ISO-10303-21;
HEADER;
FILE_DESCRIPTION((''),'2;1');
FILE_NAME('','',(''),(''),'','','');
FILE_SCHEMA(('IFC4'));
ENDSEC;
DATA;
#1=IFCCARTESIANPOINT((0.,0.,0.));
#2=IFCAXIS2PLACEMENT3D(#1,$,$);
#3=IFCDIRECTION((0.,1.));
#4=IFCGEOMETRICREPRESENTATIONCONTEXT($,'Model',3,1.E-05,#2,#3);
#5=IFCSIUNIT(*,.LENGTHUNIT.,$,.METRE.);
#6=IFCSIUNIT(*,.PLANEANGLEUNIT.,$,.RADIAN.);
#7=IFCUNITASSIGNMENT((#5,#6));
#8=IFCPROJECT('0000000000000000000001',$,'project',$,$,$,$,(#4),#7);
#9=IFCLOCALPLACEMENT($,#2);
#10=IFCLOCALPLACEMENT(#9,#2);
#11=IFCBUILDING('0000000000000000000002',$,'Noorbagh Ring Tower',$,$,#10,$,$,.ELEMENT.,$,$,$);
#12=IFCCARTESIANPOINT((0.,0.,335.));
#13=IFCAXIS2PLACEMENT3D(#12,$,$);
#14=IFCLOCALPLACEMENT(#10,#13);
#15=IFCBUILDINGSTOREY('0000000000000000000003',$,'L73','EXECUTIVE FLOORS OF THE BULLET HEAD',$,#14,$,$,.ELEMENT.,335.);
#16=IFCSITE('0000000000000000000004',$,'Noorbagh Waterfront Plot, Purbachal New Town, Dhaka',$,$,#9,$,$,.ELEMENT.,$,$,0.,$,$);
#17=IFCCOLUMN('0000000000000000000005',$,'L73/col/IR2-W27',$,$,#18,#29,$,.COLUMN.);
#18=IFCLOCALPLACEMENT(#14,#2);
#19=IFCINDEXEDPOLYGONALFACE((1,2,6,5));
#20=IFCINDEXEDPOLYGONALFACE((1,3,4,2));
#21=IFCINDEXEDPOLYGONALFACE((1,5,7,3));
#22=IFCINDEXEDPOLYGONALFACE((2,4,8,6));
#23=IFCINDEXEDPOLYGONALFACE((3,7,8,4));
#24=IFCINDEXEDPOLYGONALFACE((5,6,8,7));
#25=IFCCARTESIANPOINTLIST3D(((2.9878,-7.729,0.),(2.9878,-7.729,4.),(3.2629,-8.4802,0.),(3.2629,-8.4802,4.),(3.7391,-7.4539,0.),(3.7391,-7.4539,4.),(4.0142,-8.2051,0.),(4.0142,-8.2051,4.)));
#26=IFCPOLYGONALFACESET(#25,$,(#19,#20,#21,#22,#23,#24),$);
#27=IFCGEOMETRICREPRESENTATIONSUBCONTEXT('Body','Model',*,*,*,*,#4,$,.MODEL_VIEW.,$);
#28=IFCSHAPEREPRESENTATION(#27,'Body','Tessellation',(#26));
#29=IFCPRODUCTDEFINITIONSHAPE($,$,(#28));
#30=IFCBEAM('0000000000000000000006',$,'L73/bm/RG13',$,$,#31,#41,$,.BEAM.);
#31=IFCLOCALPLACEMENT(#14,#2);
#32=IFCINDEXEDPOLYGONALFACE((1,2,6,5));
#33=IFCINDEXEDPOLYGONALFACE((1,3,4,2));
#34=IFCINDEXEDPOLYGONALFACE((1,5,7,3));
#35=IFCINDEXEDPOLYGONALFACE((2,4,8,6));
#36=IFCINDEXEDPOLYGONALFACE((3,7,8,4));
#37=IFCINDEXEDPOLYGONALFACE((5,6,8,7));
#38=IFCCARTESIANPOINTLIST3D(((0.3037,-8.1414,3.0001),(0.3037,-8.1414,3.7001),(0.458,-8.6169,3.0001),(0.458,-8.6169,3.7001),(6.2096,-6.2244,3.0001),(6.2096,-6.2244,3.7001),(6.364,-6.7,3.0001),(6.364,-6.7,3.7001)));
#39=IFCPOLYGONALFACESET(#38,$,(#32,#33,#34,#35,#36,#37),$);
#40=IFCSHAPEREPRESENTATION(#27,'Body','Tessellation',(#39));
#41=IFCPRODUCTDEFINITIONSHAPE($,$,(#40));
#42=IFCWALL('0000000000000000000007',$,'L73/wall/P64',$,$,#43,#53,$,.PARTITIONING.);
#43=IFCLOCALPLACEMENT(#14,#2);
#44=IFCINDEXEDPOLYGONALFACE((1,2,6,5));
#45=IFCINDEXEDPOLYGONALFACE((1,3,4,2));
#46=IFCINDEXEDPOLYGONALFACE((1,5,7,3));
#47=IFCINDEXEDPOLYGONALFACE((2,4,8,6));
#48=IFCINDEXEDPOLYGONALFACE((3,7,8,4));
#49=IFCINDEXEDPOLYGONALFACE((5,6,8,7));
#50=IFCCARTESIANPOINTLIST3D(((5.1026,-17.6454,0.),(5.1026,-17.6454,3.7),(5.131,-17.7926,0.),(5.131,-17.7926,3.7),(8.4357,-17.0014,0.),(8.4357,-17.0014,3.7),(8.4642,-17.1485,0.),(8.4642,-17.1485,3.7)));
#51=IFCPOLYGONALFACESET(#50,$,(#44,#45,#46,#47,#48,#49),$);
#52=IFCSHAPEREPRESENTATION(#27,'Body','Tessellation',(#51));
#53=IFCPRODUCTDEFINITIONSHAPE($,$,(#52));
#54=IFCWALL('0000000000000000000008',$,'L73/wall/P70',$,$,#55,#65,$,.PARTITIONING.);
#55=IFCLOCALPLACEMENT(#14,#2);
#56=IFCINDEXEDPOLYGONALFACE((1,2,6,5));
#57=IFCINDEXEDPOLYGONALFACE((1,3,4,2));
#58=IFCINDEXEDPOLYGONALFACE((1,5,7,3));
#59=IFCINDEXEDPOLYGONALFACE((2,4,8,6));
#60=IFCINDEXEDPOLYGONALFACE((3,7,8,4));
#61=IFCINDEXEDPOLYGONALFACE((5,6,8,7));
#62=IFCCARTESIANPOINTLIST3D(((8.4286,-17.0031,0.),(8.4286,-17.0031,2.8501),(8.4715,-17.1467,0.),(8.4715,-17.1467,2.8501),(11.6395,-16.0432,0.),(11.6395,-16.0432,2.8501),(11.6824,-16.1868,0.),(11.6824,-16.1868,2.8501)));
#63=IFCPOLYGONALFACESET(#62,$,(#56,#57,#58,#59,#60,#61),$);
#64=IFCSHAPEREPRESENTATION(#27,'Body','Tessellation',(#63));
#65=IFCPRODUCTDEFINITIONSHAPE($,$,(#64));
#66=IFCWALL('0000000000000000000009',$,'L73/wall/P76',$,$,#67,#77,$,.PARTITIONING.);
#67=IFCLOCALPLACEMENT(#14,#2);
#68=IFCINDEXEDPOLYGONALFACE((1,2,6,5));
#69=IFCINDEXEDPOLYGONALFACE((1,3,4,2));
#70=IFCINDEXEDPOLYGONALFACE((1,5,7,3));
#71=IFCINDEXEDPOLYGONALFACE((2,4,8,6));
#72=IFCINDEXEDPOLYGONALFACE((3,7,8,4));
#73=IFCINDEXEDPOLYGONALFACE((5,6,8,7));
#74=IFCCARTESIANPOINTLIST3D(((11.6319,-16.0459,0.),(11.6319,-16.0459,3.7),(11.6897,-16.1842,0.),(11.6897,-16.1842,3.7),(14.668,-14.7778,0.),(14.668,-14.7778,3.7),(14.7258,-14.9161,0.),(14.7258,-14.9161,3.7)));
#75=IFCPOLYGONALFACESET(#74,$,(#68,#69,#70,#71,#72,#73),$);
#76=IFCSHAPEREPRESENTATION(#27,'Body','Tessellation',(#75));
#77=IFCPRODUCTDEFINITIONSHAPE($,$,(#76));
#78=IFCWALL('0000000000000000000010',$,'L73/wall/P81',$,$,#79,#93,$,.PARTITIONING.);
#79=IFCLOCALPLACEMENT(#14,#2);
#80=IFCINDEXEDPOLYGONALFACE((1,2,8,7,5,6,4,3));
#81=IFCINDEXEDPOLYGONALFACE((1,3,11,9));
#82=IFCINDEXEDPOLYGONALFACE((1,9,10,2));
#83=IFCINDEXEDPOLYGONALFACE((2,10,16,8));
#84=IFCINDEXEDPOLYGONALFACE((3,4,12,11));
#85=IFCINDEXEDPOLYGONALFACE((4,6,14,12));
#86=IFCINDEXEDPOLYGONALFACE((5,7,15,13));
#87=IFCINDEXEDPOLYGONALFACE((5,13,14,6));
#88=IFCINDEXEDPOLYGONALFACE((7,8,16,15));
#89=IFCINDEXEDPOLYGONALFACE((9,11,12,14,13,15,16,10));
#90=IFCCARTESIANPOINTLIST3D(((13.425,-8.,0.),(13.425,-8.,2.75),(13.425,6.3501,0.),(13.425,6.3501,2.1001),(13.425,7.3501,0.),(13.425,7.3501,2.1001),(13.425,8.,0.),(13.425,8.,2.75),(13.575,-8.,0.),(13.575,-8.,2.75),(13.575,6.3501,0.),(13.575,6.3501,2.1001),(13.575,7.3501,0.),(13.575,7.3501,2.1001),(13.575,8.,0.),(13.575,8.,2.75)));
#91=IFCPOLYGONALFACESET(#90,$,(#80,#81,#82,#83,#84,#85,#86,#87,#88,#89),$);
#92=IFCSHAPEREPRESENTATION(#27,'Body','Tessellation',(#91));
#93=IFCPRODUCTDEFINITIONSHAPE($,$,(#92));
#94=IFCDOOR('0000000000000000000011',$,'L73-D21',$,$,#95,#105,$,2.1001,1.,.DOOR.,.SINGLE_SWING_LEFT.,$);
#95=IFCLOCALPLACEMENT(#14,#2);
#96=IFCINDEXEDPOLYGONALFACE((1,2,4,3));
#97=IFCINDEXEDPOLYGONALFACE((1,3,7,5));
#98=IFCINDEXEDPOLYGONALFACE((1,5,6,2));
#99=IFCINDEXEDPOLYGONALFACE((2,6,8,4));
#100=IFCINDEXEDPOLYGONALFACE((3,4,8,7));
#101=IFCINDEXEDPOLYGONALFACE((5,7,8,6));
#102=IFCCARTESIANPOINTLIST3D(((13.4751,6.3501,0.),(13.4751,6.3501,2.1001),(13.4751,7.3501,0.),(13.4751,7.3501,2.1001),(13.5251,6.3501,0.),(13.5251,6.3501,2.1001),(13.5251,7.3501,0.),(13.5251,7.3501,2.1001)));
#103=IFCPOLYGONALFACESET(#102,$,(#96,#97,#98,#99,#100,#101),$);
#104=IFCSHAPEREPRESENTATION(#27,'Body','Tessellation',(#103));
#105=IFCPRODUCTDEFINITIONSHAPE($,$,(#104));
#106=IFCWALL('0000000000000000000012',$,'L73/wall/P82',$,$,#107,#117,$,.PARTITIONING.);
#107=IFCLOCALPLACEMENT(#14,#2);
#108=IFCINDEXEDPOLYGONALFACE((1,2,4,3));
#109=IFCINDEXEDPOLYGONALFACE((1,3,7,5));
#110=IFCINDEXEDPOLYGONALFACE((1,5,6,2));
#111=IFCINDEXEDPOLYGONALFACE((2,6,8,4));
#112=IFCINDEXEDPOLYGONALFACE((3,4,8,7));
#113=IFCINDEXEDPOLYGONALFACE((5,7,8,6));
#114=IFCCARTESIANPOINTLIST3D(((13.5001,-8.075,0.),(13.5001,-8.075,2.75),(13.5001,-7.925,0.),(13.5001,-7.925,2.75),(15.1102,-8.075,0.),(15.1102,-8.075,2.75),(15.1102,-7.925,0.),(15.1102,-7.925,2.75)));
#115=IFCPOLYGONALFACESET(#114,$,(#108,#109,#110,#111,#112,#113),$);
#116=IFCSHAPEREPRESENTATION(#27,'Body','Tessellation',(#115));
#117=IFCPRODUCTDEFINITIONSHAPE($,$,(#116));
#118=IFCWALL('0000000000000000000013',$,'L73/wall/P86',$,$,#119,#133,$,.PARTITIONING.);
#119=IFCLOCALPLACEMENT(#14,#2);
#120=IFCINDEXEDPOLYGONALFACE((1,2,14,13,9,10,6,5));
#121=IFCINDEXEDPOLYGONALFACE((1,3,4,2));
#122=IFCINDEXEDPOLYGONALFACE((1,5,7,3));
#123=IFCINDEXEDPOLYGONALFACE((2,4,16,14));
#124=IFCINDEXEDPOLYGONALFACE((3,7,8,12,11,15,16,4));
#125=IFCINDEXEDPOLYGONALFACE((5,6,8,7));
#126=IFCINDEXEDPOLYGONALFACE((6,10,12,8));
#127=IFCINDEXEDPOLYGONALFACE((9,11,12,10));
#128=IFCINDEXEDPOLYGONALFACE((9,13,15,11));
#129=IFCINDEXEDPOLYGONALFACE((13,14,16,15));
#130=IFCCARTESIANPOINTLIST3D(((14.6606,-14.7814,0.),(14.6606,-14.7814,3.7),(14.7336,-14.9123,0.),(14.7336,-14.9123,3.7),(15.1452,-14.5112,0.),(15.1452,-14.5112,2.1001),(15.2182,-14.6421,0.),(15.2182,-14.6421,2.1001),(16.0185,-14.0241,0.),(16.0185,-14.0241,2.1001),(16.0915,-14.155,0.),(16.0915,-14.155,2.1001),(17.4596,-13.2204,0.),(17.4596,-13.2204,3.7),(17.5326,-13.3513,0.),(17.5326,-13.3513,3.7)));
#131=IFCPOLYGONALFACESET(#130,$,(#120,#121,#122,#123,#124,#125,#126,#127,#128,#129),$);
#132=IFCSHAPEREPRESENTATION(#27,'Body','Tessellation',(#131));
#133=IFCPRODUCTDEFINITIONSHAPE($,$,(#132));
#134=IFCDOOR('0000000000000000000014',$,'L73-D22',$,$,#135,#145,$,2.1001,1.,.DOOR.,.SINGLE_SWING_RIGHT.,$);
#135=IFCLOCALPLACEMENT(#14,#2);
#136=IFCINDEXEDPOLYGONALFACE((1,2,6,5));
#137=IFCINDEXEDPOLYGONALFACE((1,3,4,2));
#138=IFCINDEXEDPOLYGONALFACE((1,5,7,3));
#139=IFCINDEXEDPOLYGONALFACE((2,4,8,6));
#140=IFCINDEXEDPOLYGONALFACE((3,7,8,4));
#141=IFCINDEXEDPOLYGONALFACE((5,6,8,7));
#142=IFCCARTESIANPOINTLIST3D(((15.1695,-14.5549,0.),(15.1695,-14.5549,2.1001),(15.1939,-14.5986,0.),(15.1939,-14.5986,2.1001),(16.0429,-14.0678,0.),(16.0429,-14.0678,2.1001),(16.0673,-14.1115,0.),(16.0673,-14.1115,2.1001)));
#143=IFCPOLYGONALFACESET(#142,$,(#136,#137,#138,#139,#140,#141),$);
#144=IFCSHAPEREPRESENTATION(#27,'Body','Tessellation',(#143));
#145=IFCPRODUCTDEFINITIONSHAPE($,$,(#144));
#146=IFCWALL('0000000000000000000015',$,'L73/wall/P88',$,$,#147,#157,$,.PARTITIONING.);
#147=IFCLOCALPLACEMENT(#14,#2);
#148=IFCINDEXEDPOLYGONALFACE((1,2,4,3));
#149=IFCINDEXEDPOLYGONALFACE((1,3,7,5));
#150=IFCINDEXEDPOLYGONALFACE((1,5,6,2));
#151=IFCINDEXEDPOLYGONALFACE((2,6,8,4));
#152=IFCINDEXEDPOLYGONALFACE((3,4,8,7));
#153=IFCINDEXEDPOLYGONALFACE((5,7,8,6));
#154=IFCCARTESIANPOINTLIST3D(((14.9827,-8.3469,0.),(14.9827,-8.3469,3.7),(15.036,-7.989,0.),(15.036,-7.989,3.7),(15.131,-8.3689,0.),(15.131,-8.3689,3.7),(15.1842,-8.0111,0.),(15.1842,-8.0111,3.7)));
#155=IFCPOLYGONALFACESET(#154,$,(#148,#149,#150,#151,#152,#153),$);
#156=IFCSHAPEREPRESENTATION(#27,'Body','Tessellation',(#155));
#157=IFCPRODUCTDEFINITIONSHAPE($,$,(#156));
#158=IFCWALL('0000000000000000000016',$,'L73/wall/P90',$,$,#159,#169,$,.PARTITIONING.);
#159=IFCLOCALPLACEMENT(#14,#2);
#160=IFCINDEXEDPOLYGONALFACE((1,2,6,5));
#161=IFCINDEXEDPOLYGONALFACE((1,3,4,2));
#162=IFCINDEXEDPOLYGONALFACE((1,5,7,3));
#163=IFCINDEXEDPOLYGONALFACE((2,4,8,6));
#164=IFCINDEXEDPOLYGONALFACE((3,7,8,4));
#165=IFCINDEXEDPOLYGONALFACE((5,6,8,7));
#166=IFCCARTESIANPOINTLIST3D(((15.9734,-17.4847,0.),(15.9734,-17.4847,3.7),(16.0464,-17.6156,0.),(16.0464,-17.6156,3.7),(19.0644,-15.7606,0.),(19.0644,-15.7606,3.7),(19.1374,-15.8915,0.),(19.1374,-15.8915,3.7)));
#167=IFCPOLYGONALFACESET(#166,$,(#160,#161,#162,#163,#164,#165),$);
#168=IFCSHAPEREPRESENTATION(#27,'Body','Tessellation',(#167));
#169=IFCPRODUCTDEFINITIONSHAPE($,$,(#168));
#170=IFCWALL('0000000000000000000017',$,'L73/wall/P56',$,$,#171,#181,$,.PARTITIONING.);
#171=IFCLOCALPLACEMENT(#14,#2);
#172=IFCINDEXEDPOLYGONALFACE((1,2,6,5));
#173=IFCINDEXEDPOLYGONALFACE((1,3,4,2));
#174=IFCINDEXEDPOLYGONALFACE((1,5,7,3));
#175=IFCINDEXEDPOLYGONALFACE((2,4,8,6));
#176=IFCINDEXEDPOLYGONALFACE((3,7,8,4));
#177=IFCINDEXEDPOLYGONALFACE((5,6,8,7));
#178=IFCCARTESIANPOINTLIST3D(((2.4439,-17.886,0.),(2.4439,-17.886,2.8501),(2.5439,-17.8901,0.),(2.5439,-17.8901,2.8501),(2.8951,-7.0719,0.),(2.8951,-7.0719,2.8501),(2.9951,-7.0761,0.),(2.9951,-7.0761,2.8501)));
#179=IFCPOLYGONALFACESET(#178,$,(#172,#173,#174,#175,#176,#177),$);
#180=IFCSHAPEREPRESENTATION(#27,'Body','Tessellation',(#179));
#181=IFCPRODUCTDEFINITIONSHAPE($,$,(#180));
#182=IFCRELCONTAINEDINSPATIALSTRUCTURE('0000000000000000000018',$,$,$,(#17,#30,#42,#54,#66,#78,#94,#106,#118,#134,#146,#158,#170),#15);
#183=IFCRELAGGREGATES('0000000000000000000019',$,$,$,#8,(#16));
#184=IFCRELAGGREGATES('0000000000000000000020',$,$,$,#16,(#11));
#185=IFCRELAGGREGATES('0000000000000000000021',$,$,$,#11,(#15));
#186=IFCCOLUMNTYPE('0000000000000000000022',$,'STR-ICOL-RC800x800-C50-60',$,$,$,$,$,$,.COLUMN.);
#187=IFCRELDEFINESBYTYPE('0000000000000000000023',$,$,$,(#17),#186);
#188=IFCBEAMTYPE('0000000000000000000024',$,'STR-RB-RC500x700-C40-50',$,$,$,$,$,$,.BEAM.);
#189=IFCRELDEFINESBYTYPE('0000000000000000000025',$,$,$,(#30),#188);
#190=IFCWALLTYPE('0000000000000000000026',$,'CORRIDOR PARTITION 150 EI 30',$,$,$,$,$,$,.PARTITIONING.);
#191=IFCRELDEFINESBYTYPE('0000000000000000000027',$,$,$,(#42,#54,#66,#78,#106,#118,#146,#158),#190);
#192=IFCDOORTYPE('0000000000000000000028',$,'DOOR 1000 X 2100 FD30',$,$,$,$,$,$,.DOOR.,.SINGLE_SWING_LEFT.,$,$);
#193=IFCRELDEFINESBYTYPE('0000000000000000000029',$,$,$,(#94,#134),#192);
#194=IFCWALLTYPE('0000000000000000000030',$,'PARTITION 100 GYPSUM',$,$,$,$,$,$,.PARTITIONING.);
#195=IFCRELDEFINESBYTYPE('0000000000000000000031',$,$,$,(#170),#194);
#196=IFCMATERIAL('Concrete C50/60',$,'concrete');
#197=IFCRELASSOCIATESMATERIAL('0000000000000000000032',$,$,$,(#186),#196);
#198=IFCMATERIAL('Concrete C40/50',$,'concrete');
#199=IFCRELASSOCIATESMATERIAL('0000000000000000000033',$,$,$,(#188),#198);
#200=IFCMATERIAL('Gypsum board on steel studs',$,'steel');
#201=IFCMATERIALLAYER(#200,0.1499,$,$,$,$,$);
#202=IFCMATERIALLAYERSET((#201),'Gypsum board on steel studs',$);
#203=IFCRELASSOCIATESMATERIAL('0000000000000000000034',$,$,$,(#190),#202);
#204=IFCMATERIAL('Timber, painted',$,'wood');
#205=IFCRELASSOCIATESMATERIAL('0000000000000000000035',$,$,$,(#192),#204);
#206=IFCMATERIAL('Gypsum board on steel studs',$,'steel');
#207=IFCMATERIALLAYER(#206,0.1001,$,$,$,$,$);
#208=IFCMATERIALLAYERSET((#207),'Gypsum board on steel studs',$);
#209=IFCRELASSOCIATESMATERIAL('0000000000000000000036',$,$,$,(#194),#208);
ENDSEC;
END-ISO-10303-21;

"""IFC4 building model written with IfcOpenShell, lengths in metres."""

from ifc_helpers import new_model, si_unit, direction, frame, frame_2d, origin, origin_2d, place, context, subcontext, project, spatial, rectangle, extrude, material, layer, layer_set, material_profile, profile_set, type_object, element, fill, save


model = new_model("IFC4")

# Units and contexts
model_context = context("Model", 3, precision=1e-05, world=origin(), true_north=direction((0.0, 1.0)))
body_context = subcontext(model_context, "Body", "Model", "MODEL_VIEW")
ifc_project = project(units=[si_unit("LENGTHUNIT", "METRE"), si_unit("PLANEANGLEUNIT", "RADIAN")], contexts=[model_context])

# Site, building, storey
site_placement = place(None, origin())
site = spatial("IfcSite", under=ifc_project, at=site_placement, Name="Noorbagh Waterfront Plot, Purbachal New Town, Dhaka", CompositionType="ELEMENT", RefElevation=0.0)
building_placement = place(site_placement, origin())
building = spatial("IfcBuilding", under=site, at=building_placement, Name="Noorbagh Ring Tower", CompositionType="ELEMENT")
storey_placement = place(building_placement, frame((0.0, 0.0, 335.0)))
storey = spatial("IfcBuildingStorey", under=building, at=storey_placement, Name="L73", Description="EXECUTIVE FLOORS OF THE BULLET HEAD", CompositionType="ELEMENT", Elevation=335.0)

# Column
ifc_material_1 = material(Name="Concrete C50/60", Category="concrete")
ifc_material_profile_1 = material_profile(ifc_material_1, rectangle(XDim=0.8, YDim=0.8, at=origin_2d()), Name="RC800x800")
ifc_profile_set_1 = profile_set([ifc_material_profile_1], Name="Concrete C50/60")
column_type = type_object("IfcColumnType", Name="STR-ICOL-RC800x800-C50-60", PredefinedType="COLUMN", material=ifc_profile_set_1)
column_placement = place(storey_placement, frame((3.501, -7.967, 0.0), z_axis=(0.0, 0.0, 1.0), x_axis=(0.93902, 0.343864, 0.0)))
element("IfcColumn", 1, at=column_placement, inside=storey, type_object=column_type, Name="L73/col/IR2-W27", PredefinedType="COLUMN", context=body_context, shape_type="SweptSolid", body=[
    extrude(rectangle(XDim=0.8, YDim=0.8, at=origin_2d()), origin(), (0.0, 0.0, 1.0), 4.0),
])

# Beam
ifc_material_2 = material(Name="Concrete C40/50", Category="concrete")
ifc_material_profile_2 = material_profile(ifc_material_2, rectangle(XDim=0.5, YDim=0.7, at=origin_2d()), Name="RC500x700")
ifc_profile_set_2 = profile_set([ifc_material_profile_2], Name="Concrete C40/50")
beam_type = type_object("IfcBeamType", Name="STR-RB-RC500x700-C40-50", PredefinedType="BEAM", material=ifc_profile_set_2)
beam_placement = place(storey_placement, frame((0.3809, -8.3792, 3.3501), z_axis=(0.95115, 0.308728, 0.0), x_axis=(-0.308728, 0.95115, 0.0)))
element("IfcBeam", 2, at=beam_placement, inside=storey, type_object=beam_type, Name="L73/bm/RG13", PredefinedType="BEAM", context=body_context, shape_type="SweptSolid", body=[
    extrude(rectangle(XDim=0.5, YDim=0.7, at=origin_2d()), origin(), (0.0, 0.0, 1.0), 6.2092),
])

# Walls
ifc_material_3 = material(Name="Gypsum board on steel studs", Category="steel")
ifc_layer_1 = layer(ifc_material_3, 0.1499)
ifc_layer_set_1 = layer_set([ifc_layer_1], Name="Gypsum board on steel studs")
wall_type_1 = type_object("IfcWallType", Name="CORRIDOR PARTITION 150 EI 30", PredefinedType="PARTITIONING", material=ifc_layer_set_1)
wall_1_placement = place(storey_placement, frame((5.1169, -17.719, 0.0), z_axis=(0.0, 0.0, 1.0), x_axis=(0.981838, 0.189722, 0.0)))
element("IfcWall", 3, at=wall_1_placement, inside=storey, type_object=wall_type_1, Name="L73/wall/P64", PredefinedType="PARTITIONING", context=body_context, shape_type="SweptSolid", body=[
    extrude(rectangle(XDim=3.3948, YDim=0.1499, at=frame_2d((1.6973, 0.0))), origin(), (0.0, 0.0, 1.0), 3.7),
])
wall_2_placement = place(storey_placement, frame((8.45, -17.075, 0.0), z_axis=(0.0, 0.0, 1.0), x_axis=(0.958099, 0.286439, 0.0)))
element("IfcWall", 4, at=wall_2_placement, inside=storey, type_object=wall_type_1, Name="L73/wall/P70", PredefinedType="PARTITIONING", context=body_context, shape_type="SweptSolid", body=[
    extrude(rectangle(XDim=3.3513, YDim=0.1499, at=frame_2d((1.6758, 0.0))), origin(), (0.0, 0.0, 1.0), 2.8501),
])
wall_3_placement = place(storey_placement, frame((11.6609, -16.115, 0.0), z_axis=(0.0, 0.0, 1.0), x_axis=(0.922752, 0.385395, 0.0)))
element("IfcWall", 5, at=wall_3_placement, inside=storey, type_object=wall_type_1, Name="L73/wall/P76", PredefinedType="PARTITIONING", context=body_context, shape_type="SweptSolid", body=[
    extrude(rectangle(XDim=3.2903, YDim=0.1499, at=frame_2d((1.645, 0.0))), origin(), (0.0, 0.0, 1.0), 3.7),
])

# Wall, opening, door
wall_4_placement = place(storey_placement, frame((13.5, -8.0, 0.0), z_axis=(0.0, 0.0, 1.0), x_axis=(0.0, 1.0, 0.0)))
wall_4 = element("IfcWall", 6, at=wall_4_placement, inside=storey, type_object=wall_type_1, Name="L73/wall/P81", PredefinedType="PARTITIONING", context=body_context, shape_type="SweptSolid", body=[
    extrude(rectangle(XDim=16.0, YDim=0.1499, at=frame_2d((8.0, 0.0))), origin(), (0.0, 0.0, 1.0), 2.75),
])
opening_1_placement = place(wall_4_placement, frame((14.3501, 0.0, 0.0)))
opening_1 = element("IfcOpeningElement", 7, at=opening_1_placement, cuts=wall_4, PredefinedType="OPENING", context=body_context, shape_type="SweptSolid", body=[
    extrude(rectangle(XDim=1.0, YDim=2.1001, at=frame_2d((0.5, 1.05))), frame((0.0, 0.085, 0.0), z_axis=(0.0, -1.0, 0.0), x_axis=(1.0, 0.0, 0.0)), (0.0, 0.0, 1.0), 0.1699),
])
ifc_material_4 = material(Name="Timber, painted", Category="wood")
door_type = type_object("IfcDoorType", Name="DOOR 1000 X 2100 FD30", OperationType="SINGLE_SWING_LEFT", PredefinedType="DOOR", material=ifc_material_4)
door_1_placement = place(opening_1_placement, origin())
door_1 = element("IfcDoor", 8, at=door_1_placement, inside=storey, type_object=door_type, Name="L73-D21", OperationType="SINGLE_SWING_LEFT", OverallHeight=2.1001, OverallWidth=1.0, PredefinedType="DOOR", context=body_context, shape_type="SweptSolid", body=[
    extrude(rectangle(XDim=1.0, YDim=2.1001, at=frame_2d((0.5, 1.05))), frame((0.0, 0.0249, 0.0), z_axis=(0.0, -1.0, 0.0), x_axis=(1.0, 0.0, 0.0)), (0.0, 0.0, 1.0), 0.05),
])
fill(opening_1, door_1)

# Wall
wall_5_placement = place(storey_placement, frame((13.5, -8.0, 0.0), z_axis=(0.0, 0.0, 1.0), x_axis=(1.0, 0.0, 0.0)))
element("IfcWall", 9, at=wall_5_placement, inside=storey, type_object=wall_type_1, Name="L73/wall/P82", PredefinedType="PARTITIONING", context=body_context, shape_type="SweptSolid", body=[
    extrude(rectangle(XDim=1.6101, YDim=0.1499, at=frame_2d((0.8052, 0.0))), origin(), (0.0, 0.0, 1.0), 2.75),
])

# Wall, opening, door
wall_6_placement = place(storey_placement, frame((14.697, -14.8469, 0.0), z_axis=(0.0, 0.0, 1.0), x_axis=(0.873362, 0.487072, 0.0)))
wall_6 = element("IfcWall", 10, at=wall_6_placement, inside=storey, type_object=wall_type_1, Name="L73/wall/P86", PredefinedType="PARTITIONING", context=body_context, shape_type="SweptSolid", body=[
    extrude(rectangle(XDim=3.2048, YDim=0.1499, at=frame_2d((1.6025, 0.0))), origin(), (0.0, 0.0, 1.0), 3.7),
])
opening_2_placement = place(wall_6_placement, frame((0.5549, 0.0, 0.0)))
opening_2 = element("IfcOpeningElement", 11, at=opening_2_placement, cuts=wall_6, PredefinedType="OPENING", context=body_context, shape_type="SweptSolid", body=[
    extrude(rectangle(XDim=1.0, YDim=2.1001, at=frame_2d((0.5, 1.05))), frame((0.0, 0.085, 0.0), z_axis=(0.0, -1.0, 0.0), x_axis=(1.0, 0.0, 0.0)), (0.0, 0.0, 1.0), 0.1699),
])
door_2_placement = place(opening_2_placement, origin())
door_2 = element("IfcDoor", 12, at=door_2_placement, inside=storey, type_object=door_type, Name="L73-D22", OperationType="SINGLE_SWING_RIGHT", OverallHeight=2.1001, OverallWidth=1.0, PredefinedType="DOOR", context=body_context, shape_type="SweptSolid", body=[
    extrude(rectangle(XDim=1.0, YDim=2.1001, at=frame_2d((0.5, 1.05))), frame((0.0, 0.0249, 0.0), z_axis=(0.0, -1.0, 0.0), x_axis=(1.0, 0.0, 0.0)), (0.0, 0.0, 1.0), 0.05),
])
fill(opening_2, door_2)

# Walls
wall_7_placement = place(storey_placement, frame((15.0569, -8.3579, 0.0), z_axis=(0.0, 0.0, 1.0), x_axis=(0.147087, 0.989124, 0.0)))
element("IfcWall", 13, at=wall_7_placement, inside=storey, type_object=wall_type_1, Name="L73/wall/P88", PredefinedType="PARTITIONING", context=body_context, shape_type="SweptSolid", body=[
    extrude(rectangle(XDim=0.3618, YDim=0.1499, at=frame_2d((0.1809, 0.0))), origin(), (0.0, 0.0, 1.0), 3.7),
])
wall_8_placement = place(storey_placement, frame((16.01, -17.55, 0.0), z_axis=(0.0, 0.0, 1.0), x_axis=(0.873333, 0.487124, 0.0)))
element("IfcWall", 14, at=wall_8_placement, inside=storey, type_object=wall_type_1, Name="L73/wall/P90", PredefinedType="PARTITIONING", context=body_context, shape_type="SweptSolid", body=[
    extrude(rectangle(XDim=3.5393, YDim=0.1499, at=frame_2d((1.7695, 0.0))), origin(), (0.0, 0.0, 1.0), 3.7),
])
ifc_material_5 = material(Name="Gypsum board on steel studs", Category="steel")
ifc_layer_2 = layer(ifc_material_5, 0.1001)
ifc_layer_set_2 = layer_set([ifc_layer_2], Name="Gypsum board on steel studs")
wall_type_2 = type_object("IfcWallType", Name="PARTITION 100 GYPSUM", PredefinedType="PARTITIONING", material=ifc_layer_set_2)
wall_9_placement = place(storey_placement, frame((2.4939, -17.8879, 0.0), z_axis=(0.0, 0.0, 1.0), x_axis=(0.041685, 0.999131, 0.0)))
element("IfcWall", 15, at=wall_9_placement, inside=storey, type_object=wall_type_2, Name="L73/wall/P56", PredefinedType="PARTITIONING", context=body_context, shape_type="SweptSolid", body=[
    extrude(rectangle(XDim=10.8235, YDim=0.1001, at=frame_2d((5.4116, 0.0))), origin(), (0.0, 0.0, 1.0), 2.8501),
])

save(model, "model.ifc")
